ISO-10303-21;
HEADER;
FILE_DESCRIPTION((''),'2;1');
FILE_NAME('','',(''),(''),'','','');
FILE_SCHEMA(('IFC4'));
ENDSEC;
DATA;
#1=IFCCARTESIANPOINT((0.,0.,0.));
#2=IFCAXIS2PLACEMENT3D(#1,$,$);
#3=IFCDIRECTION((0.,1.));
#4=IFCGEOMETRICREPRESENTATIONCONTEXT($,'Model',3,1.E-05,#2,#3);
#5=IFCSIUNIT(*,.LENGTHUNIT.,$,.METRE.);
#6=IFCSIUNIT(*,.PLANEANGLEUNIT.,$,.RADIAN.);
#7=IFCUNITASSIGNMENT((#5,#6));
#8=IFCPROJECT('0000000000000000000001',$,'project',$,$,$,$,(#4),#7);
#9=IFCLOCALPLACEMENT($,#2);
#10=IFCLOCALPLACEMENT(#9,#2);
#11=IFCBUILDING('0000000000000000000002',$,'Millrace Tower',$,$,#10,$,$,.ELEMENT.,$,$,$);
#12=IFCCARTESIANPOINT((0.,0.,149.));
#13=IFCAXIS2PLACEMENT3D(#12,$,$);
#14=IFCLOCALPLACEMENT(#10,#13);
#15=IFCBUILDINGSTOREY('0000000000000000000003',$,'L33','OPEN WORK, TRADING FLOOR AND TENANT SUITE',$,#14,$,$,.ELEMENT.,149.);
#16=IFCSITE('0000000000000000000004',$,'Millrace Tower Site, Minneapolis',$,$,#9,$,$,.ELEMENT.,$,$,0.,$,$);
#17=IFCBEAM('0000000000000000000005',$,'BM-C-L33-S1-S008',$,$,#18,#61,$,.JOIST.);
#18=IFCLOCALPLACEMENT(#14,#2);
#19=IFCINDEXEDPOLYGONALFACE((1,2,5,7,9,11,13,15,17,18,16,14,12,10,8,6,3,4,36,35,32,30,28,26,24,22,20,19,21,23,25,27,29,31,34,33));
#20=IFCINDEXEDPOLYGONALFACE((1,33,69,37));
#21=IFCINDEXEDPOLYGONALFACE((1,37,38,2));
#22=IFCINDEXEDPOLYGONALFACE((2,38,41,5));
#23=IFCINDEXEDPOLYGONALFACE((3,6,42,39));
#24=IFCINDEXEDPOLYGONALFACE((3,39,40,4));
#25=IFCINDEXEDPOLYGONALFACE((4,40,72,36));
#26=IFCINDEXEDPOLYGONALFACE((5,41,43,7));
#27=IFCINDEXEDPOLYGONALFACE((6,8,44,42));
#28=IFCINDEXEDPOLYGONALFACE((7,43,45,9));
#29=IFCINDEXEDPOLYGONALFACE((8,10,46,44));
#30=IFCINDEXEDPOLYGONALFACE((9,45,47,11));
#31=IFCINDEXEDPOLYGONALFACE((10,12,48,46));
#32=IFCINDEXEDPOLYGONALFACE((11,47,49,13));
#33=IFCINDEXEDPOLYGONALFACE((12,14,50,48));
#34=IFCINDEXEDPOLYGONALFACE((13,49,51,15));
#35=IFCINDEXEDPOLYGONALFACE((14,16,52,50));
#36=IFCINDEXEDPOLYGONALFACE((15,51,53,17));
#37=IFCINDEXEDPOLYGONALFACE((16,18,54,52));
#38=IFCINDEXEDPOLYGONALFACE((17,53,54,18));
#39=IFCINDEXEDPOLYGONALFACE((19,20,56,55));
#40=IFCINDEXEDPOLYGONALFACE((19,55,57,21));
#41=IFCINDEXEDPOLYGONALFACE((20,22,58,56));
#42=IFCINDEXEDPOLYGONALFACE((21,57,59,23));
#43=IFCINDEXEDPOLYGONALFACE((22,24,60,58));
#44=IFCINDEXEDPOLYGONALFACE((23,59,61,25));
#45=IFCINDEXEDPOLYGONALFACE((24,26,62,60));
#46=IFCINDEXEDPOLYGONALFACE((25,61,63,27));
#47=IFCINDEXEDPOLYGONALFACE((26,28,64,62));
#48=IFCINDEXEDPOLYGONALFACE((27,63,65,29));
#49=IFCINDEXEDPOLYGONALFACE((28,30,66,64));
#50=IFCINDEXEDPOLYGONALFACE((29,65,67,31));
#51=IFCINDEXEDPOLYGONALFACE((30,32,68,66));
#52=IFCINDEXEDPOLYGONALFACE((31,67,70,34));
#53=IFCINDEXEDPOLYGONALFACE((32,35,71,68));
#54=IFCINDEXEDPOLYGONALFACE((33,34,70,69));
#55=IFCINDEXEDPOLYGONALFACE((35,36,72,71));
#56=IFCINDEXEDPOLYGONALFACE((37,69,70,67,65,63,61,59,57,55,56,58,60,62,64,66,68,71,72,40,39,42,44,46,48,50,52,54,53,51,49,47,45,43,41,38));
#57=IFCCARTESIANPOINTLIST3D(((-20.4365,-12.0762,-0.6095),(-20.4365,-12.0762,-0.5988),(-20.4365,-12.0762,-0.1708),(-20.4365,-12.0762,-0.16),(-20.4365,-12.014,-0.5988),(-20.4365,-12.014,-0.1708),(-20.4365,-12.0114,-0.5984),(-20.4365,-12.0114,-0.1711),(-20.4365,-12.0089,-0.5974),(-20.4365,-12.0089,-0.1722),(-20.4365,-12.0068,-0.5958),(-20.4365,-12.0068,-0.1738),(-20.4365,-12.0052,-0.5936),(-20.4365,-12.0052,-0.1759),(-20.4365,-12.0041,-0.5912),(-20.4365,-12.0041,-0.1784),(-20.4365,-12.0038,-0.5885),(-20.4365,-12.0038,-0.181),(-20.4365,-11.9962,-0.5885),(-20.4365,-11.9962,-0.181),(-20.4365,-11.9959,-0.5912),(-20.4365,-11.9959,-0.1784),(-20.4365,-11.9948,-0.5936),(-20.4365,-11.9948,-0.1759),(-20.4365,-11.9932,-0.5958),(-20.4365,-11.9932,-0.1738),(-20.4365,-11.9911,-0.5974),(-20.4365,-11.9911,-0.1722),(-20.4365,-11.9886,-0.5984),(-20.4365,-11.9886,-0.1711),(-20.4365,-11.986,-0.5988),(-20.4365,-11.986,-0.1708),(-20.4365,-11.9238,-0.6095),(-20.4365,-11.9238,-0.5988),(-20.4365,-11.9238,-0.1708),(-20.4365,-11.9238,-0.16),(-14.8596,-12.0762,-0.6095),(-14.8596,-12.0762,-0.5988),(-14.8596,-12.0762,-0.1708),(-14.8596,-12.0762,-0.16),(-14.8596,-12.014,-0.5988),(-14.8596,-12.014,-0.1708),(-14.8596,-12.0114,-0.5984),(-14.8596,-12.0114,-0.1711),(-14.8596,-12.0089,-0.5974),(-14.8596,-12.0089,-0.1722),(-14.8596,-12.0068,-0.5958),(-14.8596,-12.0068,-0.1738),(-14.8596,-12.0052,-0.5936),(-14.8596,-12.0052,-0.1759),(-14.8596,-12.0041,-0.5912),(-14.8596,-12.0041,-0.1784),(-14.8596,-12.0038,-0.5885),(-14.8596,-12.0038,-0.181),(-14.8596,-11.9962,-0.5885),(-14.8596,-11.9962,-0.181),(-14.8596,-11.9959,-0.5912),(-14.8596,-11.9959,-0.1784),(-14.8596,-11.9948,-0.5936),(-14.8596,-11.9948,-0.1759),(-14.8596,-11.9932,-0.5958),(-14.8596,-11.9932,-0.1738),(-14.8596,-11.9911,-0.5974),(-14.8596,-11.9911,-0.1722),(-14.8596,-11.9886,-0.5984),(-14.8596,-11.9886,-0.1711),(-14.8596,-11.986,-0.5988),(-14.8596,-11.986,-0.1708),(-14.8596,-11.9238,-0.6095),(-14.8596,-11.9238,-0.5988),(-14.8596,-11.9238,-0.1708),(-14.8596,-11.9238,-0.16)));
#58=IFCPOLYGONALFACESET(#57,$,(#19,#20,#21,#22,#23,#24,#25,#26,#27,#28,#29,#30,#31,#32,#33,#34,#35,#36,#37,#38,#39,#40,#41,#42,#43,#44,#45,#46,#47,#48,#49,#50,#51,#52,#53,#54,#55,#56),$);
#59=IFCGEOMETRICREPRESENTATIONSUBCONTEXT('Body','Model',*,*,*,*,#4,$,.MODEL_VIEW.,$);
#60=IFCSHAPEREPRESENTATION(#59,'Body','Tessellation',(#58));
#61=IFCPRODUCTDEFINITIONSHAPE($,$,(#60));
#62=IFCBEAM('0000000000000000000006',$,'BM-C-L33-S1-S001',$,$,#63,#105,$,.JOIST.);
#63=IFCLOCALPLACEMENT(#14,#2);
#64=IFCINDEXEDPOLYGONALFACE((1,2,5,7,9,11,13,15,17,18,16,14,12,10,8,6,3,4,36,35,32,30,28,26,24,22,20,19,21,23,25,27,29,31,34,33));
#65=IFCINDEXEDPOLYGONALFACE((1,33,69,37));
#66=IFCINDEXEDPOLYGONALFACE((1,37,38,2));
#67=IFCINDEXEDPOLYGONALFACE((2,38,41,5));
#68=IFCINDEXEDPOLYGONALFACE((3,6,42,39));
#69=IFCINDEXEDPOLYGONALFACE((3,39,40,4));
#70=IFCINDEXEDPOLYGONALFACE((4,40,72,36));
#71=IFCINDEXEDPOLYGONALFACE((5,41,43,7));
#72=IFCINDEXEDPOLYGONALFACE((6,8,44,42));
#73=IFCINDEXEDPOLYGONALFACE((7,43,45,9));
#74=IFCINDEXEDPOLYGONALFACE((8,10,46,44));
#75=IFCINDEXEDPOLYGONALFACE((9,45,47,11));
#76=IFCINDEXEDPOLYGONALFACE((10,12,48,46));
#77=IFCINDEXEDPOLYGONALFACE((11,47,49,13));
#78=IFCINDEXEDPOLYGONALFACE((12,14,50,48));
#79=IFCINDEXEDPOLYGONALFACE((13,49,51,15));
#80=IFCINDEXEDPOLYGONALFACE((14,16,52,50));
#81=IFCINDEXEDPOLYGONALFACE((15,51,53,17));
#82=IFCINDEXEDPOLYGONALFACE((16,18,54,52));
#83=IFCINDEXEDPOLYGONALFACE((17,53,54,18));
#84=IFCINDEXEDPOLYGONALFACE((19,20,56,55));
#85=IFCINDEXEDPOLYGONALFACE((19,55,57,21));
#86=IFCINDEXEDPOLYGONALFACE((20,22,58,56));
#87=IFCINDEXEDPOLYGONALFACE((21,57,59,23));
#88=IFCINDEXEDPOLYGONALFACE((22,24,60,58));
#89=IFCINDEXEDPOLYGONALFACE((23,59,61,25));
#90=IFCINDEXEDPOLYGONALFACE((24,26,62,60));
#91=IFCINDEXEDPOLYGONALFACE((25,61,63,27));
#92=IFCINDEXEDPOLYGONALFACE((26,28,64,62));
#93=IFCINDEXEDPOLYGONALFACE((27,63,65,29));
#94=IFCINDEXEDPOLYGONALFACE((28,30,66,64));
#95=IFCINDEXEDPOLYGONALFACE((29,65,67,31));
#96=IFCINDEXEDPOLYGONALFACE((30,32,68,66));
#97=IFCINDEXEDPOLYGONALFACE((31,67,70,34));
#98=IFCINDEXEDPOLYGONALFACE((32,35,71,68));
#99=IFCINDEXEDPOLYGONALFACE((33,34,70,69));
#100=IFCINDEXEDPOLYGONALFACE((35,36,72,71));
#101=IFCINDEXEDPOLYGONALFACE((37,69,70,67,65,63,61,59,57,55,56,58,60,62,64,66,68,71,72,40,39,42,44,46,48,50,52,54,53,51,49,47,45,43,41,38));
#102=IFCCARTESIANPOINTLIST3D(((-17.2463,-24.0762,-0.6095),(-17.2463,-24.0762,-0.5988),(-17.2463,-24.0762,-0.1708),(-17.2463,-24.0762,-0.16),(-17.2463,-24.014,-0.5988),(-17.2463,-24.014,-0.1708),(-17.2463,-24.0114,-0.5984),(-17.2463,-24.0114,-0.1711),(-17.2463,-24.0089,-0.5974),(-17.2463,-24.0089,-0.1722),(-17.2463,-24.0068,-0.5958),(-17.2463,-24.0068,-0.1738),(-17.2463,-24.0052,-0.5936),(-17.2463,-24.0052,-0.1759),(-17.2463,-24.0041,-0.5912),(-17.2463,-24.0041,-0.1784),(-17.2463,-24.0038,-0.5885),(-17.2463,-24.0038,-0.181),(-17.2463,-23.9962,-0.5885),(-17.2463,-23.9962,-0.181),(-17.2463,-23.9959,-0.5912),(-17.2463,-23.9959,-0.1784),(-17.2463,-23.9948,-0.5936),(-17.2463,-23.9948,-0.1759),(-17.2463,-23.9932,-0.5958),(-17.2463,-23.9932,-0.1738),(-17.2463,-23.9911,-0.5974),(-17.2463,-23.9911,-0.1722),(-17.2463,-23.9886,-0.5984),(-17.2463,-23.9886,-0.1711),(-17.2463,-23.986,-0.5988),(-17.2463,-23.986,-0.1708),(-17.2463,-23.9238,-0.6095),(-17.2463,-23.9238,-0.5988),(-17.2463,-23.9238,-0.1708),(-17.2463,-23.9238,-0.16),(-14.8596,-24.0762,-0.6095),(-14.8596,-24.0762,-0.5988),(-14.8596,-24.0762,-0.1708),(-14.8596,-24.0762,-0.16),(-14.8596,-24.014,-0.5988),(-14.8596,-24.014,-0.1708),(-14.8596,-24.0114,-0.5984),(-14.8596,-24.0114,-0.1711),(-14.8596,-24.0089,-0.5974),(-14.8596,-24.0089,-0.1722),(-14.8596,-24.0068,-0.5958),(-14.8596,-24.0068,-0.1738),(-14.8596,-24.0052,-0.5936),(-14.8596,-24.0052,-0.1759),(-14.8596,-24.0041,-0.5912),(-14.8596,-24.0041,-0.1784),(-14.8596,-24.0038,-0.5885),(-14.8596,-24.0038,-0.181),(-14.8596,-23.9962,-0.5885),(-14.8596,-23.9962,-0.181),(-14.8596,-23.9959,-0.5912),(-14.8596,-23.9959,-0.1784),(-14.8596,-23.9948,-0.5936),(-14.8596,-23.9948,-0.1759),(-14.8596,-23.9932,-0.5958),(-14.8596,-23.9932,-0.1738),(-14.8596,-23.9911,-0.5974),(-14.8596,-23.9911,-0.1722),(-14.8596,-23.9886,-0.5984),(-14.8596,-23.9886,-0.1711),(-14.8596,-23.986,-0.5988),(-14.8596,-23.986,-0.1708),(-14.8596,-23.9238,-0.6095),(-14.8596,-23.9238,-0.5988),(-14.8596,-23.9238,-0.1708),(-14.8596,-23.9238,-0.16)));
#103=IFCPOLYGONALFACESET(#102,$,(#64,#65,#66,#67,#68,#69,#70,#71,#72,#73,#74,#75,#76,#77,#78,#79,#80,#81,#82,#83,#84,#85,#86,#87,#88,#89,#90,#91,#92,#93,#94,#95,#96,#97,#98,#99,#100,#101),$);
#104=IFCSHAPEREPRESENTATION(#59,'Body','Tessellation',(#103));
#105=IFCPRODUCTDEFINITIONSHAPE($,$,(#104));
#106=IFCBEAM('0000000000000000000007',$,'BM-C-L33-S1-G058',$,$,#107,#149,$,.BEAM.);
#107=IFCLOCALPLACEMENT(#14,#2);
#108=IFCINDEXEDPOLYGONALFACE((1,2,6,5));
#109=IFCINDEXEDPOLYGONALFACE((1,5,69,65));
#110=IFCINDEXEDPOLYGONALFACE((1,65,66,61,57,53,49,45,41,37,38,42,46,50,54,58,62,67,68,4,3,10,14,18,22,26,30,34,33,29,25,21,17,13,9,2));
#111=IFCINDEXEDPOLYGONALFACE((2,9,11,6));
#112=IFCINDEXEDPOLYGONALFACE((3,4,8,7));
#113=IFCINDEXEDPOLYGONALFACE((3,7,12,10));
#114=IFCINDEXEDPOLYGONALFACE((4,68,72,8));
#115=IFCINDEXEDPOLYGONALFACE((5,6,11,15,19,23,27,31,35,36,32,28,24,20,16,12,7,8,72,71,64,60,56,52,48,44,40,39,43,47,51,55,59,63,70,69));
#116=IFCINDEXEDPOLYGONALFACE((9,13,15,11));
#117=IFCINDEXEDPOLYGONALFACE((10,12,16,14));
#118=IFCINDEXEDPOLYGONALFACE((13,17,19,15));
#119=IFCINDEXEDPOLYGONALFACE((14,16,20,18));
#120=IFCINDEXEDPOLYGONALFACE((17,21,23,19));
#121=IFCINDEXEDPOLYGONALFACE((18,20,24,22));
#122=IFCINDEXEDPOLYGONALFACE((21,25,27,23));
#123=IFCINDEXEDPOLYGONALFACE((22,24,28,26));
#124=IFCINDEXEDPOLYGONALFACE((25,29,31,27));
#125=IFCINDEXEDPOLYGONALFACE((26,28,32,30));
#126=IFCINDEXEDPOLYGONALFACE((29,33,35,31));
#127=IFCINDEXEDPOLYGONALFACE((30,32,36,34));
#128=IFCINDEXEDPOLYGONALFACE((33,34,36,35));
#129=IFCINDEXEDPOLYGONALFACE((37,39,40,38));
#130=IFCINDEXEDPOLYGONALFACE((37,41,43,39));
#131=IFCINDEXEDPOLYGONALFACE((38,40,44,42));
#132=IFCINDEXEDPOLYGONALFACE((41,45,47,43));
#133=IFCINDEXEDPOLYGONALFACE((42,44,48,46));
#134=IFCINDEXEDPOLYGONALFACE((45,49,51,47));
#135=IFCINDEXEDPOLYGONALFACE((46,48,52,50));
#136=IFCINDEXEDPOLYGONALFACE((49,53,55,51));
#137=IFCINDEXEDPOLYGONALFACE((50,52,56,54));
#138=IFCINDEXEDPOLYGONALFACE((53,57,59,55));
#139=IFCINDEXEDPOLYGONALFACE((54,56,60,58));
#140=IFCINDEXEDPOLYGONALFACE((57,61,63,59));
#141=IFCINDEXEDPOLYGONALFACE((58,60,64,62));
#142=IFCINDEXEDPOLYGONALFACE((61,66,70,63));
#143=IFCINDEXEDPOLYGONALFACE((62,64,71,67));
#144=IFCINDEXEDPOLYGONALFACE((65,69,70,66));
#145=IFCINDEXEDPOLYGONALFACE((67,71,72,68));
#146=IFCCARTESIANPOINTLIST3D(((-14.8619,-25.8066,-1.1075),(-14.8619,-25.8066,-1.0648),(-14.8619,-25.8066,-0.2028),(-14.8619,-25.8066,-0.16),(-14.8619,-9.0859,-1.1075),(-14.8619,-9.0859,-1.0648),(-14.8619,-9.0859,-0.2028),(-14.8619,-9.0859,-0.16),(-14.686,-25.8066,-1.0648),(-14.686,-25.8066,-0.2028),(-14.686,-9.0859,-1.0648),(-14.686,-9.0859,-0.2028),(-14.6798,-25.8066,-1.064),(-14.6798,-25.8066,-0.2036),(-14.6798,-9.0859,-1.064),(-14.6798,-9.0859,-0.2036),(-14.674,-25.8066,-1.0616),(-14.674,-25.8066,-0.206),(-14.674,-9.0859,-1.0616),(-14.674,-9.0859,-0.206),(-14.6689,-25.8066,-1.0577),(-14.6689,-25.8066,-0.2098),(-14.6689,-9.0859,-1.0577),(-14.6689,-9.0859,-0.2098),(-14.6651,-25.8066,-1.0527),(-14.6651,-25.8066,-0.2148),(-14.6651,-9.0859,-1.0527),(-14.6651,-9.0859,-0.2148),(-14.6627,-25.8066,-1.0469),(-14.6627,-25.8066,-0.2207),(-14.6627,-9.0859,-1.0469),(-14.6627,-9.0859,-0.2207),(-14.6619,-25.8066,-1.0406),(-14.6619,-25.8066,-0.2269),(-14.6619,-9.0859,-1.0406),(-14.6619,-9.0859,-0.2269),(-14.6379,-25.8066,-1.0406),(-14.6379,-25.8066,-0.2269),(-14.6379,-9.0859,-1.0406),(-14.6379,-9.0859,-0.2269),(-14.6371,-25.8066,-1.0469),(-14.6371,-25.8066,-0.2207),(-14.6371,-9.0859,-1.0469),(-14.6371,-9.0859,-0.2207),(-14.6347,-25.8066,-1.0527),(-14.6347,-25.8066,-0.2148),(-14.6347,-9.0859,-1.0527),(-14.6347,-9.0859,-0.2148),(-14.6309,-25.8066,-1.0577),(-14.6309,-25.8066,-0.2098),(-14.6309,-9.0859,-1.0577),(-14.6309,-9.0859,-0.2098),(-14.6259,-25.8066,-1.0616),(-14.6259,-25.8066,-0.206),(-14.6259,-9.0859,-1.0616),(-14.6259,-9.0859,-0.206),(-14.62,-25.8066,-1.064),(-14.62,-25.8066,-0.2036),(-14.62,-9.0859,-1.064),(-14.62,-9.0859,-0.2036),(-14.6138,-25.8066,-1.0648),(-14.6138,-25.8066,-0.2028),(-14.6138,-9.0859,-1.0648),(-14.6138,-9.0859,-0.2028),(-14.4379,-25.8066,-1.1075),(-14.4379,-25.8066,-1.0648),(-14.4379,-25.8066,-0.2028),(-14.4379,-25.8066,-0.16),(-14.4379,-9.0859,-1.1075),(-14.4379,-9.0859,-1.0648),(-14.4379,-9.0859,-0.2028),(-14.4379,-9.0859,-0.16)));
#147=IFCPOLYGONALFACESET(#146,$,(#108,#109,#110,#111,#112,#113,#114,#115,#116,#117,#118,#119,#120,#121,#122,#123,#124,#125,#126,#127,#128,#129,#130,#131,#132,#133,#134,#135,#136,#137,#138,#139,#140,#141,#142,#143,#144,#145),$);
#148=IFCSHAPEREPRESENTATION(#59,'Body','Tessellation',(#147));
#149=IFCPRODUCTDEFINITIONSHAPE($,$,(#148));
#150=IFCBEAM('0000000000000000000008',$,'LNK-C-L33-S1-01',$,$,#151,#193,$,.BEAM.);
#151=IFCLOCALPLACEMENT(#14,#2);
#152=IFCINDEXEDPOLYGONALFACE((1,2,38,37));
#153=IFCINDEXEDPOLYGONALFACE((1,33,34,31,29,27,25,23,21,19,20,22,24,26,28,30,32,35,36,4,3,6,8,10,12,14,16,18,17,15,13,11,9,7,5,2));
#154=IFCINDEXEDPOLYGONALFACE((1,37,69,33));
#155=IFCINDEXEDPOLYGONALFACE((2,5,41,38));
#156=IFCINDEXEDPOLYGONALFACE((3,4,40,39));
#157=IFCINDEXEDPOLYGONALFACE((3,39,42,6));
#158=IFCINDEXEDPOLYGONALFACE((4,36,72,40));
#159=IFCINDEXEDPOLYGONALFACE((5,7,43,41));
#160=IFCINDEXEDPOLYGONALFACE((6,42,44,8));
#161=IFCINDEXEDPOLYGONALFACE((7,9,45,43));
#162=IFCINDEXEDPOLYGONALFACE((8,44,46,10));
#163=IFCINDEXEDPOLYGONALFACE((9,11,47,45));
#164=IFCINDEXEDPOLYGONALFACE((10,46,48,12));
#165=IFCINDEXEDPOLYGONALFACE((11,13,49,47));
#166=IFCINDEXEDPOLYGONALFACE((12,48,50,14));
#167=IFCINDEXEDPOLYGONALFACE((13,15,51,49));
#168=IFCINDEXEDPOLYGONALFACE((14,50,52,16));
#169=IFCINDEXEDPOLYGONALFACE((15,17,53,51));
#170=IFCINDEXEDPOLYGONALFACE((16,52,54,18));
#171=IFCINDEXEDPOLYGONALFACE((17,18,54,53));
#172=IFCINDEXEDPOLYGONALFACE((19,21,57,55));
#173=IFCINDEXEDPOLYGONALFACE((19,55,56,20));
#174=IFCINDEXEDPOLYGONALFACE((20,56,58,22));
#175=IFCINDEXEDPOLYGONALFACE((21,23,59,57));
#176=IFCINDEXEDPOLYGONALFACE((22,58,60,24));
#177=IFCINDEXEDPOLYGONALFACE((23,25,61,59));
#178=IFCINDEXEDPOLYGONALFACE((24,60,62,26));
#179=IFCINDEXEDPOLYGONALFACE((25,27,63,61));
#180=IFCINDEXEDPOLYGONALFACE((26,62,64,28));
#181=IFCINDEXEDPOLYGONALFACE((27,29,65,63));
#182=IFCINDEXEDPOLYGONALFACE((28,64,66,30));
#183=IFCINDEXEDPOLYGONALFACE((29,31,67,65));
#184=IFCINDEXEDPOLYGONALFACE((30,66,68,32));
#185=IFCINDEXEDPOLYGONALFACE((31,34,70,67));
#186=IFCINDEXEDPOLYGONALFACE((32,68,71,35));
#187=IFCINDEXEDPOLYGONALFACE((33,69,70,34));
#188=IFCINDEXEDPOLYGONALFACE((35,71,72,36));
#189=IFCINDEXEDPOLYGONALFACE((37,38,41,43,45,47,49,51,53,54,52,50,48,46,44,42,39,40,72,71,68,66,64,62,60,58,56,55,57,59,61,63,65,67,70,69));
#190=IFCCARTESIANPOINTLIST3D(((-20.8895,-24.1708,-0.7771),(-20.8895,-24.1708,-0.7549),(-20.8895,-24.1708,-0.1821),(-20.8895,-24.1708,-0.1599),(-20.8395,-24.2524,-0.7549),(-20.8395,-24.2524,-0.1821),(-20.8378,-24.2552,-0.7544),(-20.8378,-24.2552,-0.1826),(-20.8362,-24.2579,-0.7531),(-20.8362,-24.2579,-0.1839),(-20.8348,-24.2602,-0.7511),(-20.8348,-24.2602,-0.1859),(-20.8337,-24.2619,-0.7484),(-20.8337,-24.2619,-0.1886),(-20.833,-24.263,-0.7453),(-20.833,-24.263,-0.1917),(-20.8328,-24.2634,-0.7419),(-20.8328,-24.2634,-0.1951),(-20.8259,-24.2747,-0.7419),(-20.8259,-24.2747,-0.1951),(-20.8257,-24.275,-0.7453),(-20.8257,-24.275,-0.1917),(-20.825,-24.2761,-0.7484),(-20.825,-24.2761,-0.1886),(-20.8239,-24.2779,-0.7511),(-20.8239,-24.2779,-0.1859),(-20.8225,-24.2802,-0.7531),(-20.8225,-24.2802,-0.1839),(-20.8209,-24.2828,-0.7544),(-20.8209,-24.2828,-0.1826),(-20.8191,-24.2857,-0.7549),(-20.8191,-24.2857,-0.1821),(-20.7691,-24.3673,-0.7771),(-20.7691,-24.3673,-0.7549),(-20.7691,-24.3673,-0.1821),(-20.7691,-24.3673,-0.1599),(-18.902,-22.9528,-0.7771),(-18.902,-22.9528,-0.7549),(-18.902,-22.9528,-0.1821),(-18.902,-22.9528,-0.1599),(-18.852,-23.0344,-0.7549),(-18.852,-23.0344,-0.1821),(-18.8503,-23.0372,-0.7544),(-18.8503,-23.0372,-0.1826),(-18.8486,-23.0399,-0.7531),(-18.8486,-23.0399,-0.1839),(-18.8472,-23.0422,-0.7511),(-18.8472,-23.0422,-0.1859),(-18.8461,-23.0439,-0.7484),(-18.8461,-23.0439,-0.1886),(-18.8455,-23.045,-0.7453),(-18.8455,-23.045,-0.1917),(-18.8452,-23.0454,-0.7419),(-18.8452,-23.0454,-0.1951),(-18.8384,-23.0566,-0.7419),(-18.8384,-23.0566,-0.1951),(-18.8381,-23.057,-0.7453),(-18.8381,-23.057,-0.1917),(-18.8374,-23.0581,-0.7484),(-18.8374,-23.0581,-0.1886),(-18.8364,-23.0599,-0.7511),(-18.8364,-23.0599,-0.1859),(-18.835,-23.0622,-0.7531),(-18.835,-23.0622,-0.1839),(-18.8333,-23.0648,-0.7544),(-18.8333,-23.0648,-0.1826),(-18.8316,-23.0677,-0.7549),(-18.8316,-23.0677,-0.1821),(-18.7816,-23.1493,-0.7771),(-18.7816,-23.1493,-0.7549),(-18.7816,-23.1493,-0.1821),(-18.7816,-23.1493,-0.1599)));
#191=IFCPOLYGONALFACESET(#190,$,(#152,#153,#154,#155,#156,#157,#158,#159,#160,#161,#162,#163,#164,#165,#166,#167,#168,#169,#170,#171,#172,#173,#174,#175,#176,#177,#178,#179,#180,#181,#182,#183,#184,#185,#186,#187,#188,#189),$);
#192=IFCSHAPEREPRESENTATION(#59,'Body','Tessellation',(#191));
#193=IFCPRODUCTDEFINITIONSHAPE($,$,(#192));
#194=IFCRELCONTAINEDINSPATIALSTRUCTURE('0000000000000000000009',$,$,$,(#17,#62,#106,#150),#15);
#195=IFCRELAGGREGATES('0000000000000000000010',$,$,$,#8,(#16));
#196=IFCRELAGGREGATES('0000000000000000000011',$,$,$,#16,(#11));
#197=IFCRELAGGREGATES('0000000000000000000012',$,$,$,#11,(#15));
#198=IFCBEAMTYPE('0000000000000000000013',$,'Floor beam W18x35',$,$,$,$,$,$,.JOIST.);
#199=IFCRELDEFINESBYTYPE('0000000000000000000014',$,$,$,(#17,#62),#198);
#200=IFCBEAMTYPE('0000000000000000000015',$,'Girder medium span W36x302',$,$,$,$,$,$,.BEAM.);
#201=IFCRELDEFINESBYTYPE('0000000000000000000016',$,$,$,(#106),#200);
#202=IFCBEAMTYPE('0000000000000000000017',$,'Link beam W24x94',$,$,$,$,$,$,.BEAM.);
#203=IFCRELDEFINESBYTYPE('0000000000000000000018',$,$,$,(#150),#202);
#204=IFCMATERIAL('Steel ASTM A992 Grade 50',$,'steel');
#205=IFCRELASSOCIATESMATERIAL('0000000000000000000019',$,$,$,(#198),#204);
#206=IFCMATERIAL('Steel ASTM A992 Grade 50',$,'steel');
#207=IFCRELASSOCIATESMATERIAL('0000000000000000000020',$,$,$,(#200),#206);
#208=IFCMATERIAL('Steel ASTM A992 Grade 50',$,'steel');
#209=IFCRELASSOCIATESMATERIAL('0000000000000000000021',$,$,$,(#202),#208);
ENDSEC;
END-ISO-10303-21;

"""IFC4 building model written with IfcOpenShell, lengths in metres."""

from ifc_helpers import new_model, si_unit, direction, frame, origin, origin_2d, place, context, subcontext, project, spatial, i_section, extrude, material, material_profile, profile_set, type_object, element, save


model = new_model("IFC4")

# Units and contexts
model_context = context("Model", 3, precision=1e-05, world=origin(), true_north=direction((0.0, 1.0)))
body_context = subcontext(model_context, "Body", "Model", "MODEL_VIEW")
ifc_project = project(units=[si_unit("LENGTHUNIT", "METRE"), si_unit("PLANEANGLEUNIT", "RADIAN")], contexts=[model_context])

# Site, building, storey
site_placement = place(None, origin())
site = spatial("IfcSite", under=ifc_project, at=site_placement, Name="Millrace Tower Site, Minneapolis", CompositionType="ELEMENT", RefElevation=0.0)
building_placement = place(site_placement, origin())
building = spatial("IfcBuilding", under=site, at=building_placement, Name="Millrace Tower", CompositionType="ELEMENT")
storey_placement = place(building_placement, frame((0.0, 0.0, 149.0)))
storey = spatial("IfcBuildingStorey", under=building, at=storey_placement, Name="L33", Description="OPEN WORK, TRADING FLOOR AND TENANT SUITE", CompositionType="ELEMENT", Elevation=149.0)

# Beams
ifc_material_1 = material(Name="Steel ASTM A992 Grade 50", Category="steel")
ifc_material_profile_1 = material_profile(ifc_material_1, i_section(OverallWidth=0.1523, OverallDepth=0.4495, WebThickness=0.0076, FlangeThickness=0.0107, FilletRadius=0.0103, at=origin_2d()))
ifc_profile_set_1 = profile_set([ifc_material_profile_1], Name="Steel ASTM A992 Grade 50")
beam_type_1 = type_object("IfcBeamType", Name="Floor beam W18x35", PredefinedType="JOIST", material=ifc_profile_set_1)
beam_1_placement = place(storey_placement, frame((-20.4365, -12.0, -0.3848), z_axis=(1.0, 0.0, 0.0), x_axis=(0.0, 1.0, 0.0)))
element("IfcBeam", 1, at=beam_1_placement, inside=storey, type_object=beam_type_1, Name="BM-C-L33-S1-S008", PredefinedType="JOIST", context=body_context, shape_type="SweptSolid", body=[
    extrude(i_section(OverallWidth=0.1523, OverallDepth=0.4495, WebThickness=0.0076, FlangeThickness=0.0107, FilletRadius=0.0103, at=origin_2d()), origin(), (0.0, 0.0, 1.0), 5.5769),
])
beam_2_placement = place(storey_placement, frame((-17.2463, -24.0, -0.3848), z_axis=(1.0, 0.0, 0.0), x_axis=(0.0, 1.0, 0.0)))
element("IfcBeam", 2, at=beam_2_placement, inside=storey, type_object=beam_type_1, Name="BM-C-L33-S1-S001", PredefinedType="JOIST", context=body_context, shape_type="SweptSolid", body=[
    extrude(i_section(OverallWidth=0.1523, OverallDepth=0.4495, WebThickness=0.0076, FlangeThickness=0.0107, FilletRadius=0.0103, at=origin_2d()), origin(), (0.0, 0.0, 1.0), 2.3867),
])
ifc_material_2 = material(Name="Steel ASTM A992 Grade 50", Category="steel")
ifc_material_profile_2 = material_profile(ifc_material_2, i_section(OverallWidth=0.4241, OverallDepth=0.9475, WebThickness=0.0239, FlangeThickness=0.0427, FilletRadius=0.0242, at=origin_2d()))
ifc_profile_set_2 = profile_set([ifc_material_profile_2], Name="Steel ASTM A992 Grade 50")
beam_type_2 = type_object("IfcBeamType", Name="Girder medium span W36x302", PredefinedType="BEAM", material=ifc_profile_set_2)
beam_3_placement = place(storey_placement, frame((-14.6499, -25.8066, -0.6338), z_axis=(0.0, 1.0, 0.0), x_axis=(-1.0, 0.0, 0.0)))
element("IfcBeam", 3, at=beam_3_placement, inside=storey, type_object=beam_type_2, Name="BM-C-L33-S1-G058", PredefinedType="BEAM", context=body_context, shape_type="SweptSolid", body=[
    extrude(i_section(OverallWidth=0.4241, OverallDepth=0.9475, WebThickness=0.0239, FlangeThickness=0.0427, FilletRadius=0.0242, at=origin_2d()), origin(), (0.0, 0.0, 1.0), 16.7207),
])
ifc_material_3 = material(Name="Steel ASTM A992 Grade 50", Category="steel")
ifc_material_profile_3 = material_profile(ifc_material_3, i_section(OverallWidth=0.2305, OverallDepth=0.6172, WebThickness=0.0132, FlangeThickness=0.0222, FilletRadius=0.0129, at=origin_2d()))
ifc_profile_set_3 = profile_set([ifc_material_profile_3], Name="Steel ASTM A992 Grade 50")
beam_type_3 = type_object("IfcBeamType", Name="Link beam W24x94", PredefinedType="BEAM", material=ifc_profile_set_3)
beam_4_placement = place(storey_placement, frame((-18.8418, -23.051, -0.4685), z_axis=(-0.852631, -0.522513, 0.0), x_axis=(0.522513, -0.852631, 0.0)))
element("IfcBeam", 4, at=beam_4_placement, inside=storey, type_object=beam_type_3, Name="LNK-C-L33-S1-01", PredefinedType="BEAM", context=body_context, shape_type="SweptSolid", body=[
    extrude(i_section(OverallWidth=0.2305, OverallDepth=0.6172, WebThickness=0.0132, FlangeThickness=0.0222, FilletRadius=0.0129, at=origin_2d()), origin(), (0.0, 0.0, 1.0), 2.3311),
])

save(model, "model.ifc")
